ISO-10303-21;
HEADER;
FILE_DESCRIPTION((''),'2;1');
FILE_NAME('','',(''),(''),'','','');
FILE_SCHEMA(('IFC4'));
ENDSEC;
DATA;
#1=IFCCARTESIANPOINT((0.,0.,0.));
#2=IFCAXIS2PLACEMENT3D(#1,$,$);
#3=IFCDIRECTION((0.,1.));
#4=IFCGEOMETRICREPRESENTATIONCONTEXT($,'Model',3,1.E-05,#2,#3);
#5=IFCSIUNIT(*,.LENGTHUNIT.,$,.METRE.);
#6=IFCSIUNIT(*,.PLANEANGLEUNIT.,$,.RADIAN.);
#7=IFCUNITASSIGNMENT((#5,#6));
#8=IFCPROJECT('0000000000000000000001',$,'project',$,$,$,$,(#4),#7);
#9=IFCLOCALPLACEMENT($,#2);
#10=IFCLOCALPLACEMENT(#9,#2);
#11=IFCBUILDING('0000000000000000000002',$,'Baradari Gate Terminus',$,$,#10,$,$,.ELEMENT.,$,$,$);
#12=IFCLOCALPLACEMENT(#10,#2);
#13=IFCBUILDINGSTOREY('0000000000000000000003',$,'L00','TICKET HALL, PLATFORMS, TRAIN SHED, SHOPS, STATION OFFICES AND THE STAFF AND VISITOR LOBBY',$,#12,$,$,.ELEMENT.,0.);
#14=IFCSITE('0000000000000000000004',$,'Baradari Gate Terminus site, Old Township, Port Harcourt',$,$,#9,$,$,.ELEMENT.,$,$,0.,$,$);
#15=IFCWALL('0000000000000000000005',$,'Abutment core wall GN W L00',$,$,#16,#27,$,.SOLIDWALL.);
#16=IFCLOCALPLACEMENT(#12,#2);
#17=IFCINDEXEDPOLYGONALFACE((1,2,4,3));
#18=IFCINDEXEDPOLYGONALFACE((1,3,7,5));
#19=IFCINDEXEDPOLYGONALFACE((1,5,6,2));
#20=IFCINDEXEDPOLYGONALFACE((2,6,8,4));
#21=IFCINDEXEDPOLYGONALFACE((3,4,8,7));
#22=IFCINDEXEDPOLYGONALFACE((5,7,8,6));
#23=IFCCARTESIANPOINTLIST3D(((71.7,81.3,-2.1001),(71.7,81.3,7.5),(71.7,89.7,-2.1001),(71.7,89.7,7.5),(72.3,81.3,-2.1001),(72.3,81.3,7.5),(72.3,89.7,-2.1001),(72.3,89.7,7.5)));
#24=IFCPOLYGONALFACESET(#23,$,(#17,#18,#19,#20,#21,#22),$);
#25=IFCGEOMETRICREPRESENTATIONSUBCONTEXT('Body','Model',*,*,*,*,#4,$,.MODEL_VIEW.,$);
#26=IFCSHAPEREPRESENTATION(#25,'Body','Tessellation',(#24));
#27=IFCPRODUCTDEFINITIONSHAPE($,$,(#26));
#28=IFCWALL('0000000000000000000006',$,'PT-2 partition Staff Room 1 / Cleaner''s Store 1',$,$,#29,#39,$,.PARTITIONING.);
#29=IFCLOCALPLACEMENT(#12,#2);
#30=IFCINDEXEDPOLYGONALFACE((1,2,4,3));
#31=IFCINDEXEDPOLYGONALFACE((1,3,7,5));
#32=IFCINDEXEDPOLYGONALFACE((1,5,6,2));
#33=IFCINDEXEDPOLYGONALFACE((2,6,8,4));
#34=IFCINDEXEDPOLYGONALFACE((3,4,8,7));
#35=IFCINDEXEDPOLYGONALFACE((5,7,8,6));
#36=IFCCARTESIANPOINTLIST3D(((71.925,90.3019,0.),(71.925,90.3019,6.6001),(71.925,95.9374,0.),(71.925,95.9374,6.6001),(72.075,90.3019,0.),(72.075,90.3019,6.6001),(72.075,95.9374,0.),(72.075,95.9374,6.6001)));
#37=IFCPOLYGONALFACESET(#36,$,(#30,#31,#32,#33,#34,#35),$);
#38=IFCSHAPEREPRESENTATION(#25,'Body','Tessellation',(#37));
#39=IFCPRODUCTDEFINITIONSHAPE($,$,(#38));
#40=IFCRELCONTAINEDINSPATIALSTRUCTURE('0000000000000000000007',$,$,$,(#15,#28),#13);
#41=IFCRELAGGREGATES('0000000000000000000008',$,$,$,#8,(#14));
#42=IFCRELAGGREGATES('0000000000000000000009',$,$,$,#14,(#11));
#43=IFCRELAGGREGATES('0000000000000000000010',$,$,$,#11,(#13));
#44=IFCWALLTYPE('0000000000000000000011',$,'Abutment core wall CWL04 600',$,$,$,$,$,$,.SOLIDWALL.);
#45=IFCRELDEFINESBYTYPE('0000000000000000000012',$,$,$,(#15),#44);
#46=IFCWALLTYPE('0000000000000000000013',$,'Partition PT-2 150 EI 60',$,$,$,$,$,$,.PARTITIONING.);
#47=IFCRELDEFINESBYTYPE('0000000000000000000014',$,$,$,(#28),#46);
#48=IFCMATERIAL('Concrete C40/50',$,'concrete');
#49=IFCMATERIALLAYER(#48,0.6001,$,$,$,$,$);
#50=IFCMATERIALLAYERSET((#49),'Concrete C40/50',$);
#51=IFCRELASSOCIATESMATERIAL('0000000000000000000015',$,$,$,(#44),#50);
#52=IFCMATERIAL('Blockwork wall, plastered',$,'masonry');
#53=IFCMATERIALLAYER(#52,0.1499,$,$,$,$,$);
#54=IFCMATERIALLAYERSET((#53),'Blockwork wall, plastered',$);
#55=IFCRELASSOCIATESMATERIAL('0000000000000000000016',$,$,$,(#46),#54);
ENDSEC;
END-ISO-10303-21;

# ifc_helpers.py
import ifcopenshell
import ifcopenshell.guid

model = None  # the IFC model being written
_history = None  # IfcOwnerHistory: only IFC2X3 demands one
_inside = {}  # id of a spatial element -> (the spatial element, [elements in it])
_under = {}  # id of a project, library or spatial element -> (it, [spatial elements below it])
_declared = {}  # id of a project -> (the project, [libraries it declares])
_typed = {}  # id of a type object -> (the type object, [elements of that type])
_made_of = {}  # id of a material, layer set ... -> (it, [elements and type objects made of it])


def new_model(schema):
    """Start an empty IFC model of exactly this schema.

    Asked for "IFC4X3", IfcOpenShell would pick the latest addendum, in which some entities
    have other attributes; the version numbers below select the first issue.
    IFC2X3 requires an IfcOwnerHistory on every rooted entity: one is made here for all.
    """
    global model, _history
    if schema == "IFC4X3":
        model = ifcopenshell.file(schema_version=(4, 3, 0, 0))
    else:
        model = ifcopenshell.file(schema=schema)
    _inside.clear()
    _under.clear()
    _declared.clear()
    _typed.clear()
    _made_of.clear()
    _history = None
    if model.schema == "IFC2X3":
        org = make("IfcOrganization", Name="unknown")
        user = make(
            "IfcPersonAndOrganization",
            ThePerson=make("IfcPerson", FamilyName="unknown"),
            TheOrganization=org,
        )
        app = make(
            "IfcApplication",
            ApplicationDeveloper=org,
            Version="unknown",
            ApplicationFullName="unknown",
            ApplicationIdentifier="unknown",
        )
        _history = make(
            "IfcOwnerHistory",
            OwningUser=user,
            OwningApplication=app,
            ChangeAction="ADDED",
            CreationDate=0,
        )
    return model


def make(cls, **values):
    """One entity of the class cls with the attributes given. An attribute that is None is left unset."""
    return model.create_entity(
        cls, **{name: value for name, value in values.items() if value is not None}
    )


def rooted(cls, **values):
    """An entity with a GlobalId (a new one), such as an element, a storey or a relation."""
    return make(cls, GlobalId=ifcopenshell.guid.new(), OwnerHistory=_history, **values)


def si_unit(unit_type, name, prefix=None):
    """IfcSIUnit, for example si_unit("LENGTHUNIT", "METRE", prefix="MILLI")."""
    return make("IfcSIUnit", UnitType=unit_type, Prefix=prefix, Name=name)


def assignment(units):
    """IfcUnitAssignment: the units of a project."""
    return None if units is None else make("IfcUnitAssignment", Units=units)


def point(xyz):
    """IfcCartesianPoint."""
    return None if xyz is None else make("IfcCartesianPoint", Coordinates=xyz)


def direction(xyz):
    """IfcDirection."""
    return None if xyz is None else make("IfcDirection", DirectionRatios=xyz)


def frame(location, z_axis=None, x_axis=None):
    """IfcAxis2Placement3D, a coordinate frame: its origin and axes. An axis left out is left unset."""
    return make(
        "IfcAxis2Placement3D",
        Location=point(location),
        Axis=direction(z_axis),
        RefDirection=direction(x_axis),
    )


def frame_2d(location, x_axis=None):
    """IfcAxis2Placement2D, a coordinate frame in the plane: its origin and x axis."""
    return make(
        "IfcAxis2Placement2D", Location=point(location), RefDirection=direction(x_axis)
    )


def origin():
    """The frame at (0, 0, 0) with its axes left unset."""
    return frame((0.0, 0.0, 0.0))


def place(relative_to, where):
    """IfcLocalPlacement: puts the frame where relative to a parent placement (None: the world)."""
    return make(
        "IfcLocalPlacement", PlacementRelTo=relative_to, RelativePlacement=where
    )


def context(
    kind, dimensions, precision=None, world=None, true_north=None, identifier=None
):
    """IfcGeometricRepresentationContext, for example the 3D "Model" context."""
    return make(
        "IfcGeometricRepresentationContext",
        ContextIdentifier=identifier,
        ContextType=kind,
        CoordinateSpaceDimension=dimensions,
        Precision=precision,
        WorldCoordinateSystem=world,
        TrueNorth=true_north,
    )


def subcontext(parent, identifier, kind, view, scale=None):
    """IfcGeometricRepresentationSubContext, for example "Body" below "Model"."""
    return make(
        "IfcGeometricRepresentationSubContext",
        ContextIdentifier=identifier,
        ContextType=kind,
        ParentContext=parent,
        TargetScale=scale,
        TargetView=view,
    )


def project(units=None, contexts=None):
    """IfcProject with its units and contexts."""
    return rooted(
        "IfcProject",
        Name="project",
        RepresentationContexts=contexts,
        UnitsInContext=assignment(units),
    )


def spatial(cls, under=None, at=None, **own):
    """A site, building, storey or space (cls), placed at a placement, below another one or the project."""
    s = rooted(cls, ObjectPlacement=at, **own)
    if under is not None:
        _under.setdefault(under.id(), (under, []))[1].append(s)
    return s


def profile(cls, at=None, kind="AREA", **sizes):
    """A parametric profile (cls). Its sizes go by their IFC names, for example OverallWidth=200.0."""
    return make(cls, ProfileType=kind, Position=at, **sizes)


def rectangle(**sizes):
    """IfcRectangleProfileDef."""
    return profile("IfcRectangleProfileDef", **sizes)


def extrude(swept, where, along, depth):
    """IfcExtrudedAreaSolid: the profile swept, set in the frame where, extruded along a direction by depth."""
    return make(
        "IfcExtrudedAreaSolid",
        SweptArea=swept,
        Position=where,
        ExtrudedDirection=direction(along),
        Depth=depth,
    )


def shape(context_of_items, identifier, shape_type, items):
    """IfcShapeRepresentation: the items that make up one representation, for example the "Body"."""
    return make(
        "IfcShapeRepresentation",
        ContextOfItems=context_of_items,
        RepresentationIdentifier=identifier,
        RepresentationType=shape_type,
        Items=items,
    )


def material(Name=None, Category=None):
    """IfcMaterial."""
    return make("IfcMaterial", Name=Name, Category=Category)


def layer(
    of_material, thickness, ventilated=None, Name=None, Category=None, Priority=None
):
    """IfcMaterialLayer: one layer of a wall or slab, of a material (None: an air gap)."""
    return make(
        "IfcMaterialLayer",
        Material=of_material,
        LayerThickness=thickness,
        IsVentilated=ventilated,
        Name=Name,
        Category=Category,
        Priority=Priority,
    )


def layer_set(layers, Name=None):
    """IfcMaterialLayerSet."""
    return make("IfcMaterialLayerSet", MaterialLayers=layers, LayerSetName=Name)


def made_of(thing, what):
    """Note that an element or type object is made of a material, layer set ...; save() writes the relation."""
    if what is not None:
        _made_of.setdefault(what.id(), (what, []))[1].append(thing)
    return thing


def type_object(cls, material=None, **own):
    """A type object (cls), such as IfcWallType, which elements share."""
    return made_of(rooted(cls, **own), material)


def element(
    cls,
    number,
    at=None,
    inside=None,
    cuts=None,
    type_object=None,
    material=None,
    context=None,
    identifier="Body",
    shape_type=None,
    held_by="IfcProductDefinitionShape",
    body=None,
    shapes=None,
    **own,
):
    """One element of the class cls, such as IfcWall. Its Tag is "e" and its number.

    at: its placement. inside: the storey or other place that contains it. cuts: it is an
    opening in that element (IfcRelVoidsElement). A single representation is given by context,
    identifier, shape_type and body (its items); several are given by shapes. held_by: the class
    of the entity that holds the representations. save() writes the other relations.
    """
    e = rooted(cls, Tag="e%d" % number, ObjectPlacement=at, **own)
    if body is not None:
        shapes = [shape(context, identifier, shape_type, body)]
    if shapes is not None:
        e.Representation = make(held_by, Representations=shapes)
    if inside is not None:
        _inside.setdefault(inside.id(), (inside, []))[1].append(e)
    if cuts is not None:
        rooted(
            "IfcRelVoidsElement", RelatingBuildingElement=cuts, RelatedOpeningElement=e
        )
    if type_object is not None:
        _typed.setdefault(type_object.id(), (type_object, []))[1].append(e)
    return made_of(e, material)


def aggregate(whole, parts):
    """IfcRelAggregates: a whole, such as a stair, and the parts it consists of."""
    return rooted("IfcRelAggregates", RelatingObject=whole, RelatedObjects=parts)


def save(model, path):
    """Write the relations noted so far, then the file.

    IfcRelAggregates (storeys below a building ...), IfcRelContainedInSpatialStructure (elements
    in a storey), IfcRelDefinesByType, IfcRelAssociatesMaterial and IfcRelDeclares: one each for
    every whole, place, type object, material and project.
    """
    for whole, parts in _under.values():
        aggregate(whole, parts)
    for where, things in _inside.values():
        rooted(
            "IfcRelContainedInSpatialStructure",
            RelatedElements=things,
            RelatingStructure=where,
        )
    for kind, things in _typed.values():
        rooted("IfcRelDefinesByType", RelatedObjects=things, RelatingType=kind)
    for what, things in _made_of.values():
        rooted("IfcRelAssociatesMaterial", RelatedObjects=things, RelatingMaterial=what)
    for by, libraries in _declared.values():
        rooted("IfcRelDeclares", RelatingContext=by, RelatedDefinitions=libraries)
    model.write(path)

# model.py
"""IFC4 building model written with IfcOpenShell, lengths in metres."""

from ifc_helpers import new_model, si_unit, direction, frame, frame_2d, origin, place, context, subcontext, project, spatial, rectangle, extrude, material, layer, layer_set, type_object, element, save


model = new_model("IFC4")

# Units and contexts
model_context = context("Model", 3, precision=1e-05, world=origin(), true_north=direction((0.0, 1.0)))
body_context = subcontext(model_context, "Body", "Model", "MODEL_VIEW")
ifc_project = project(units=[si_unit("LENGTHUNIT", "METRE"), si_unit("PLANEANGLEUNIT", "RADIAN")], contexts=[model_context])

# Site, building, storey
site_placement = place(None, origin())
site = spatial("IfcSite", under=ifc_project, at=site_placement, Name="Baradari Gate Terminus site, Old Township, Port Harcourt", CompositionType="ELEMENT", RefElevation=0.0)
building_placement = place(site_placement, origin())
building = spatial("IfcBuilding", under=site, at=building_placement, Name="Baradari Gate Terminus", CompositionType="ELEMENT")
storey_placement = place(building_placement, origin())
storey = spatial("IfcBuildingStorey", under=building, at=storey_placement, Name="L00", Description="TICKET HALL, PLATFORMS, TRAIN SHED, SHOPS, STATION OFFICES AND THE STAFF AND VISITOR LOBBY", CompositionType="ELEMENT", Elevation=0.0)

# Walls
ifc_material_1 = material(Name="Concrete C40/50", Category="concrete")
ifc_layer_1 = layer(ifc_material_1, 0.6001)
ifc_layer_set_1 = layer_set([ifc_layer_1], Name="Concrete C40/50")
wall_type_1 = type_object("IfcWallType", Name="Abutment core wall CWL04 600", PredefinedType="SOLIDWALL", material=ifc_layer_set_1)
wall_1_placement = place(storey_placement, frame((72.0, 81.3, -2.1001), z_axis=(0.0, 0.0, 1.0), x_axis=(0.0, 1.0, 0.0)))
element("IfcWall", 1, at=wall_1_placement, inside=storey, type_object=wall_type_1, Name="Abutment core wall GN W L00", PredefinedType="SOLIDWALL", context=body_context, shape_type="SweptSolid", body=[
    extrude(rectangle(XDim=8.3999, YDim=0.6001, at=frame_2d((4.2, 0.0))), origin(), (0.0, 0.0, 1.0), 9.6001),
])
ifc_material_2 = material(Name="Blockwork wall, plastered", Category="masonry")
ifc_layer_2 = layer(ifc_material_2, 0.1499)
ifc_layer_set_2 = layer_set([ifc_layer_2], Name="Blockwork wall, plastered")
wall_type_2 = type_object("IfcWallType", Name="Partition PT-2 150 EI 60", PredefinedType="PARTITIONING", material=ifc_layer_set_2)
wall_2_placement = place(storey_placement, frame((72.0, 95.9375, 0.0), z_axis=(0.0, 0.0, 1.0), x_axis=(0.0, -1.0, 0.0)))
element("IfcWall", 2, at=wall_2_placement, inside=storey, type_object=wall_type_2, Name="PT-2 partition Staff Room 1 / Cleaner's Store 1", PredefinedType="PARTITIONING", context=body_context, shape_type="SweptSolid", body=[
    extrude(rectangle(XDim=5.6355, YDim=0.1499, at=frame_2d((2.8179, 0.0))), origin(), (0.0, 0.0, 1.0), 6.6001),
])

save(model, "model.ifc")
